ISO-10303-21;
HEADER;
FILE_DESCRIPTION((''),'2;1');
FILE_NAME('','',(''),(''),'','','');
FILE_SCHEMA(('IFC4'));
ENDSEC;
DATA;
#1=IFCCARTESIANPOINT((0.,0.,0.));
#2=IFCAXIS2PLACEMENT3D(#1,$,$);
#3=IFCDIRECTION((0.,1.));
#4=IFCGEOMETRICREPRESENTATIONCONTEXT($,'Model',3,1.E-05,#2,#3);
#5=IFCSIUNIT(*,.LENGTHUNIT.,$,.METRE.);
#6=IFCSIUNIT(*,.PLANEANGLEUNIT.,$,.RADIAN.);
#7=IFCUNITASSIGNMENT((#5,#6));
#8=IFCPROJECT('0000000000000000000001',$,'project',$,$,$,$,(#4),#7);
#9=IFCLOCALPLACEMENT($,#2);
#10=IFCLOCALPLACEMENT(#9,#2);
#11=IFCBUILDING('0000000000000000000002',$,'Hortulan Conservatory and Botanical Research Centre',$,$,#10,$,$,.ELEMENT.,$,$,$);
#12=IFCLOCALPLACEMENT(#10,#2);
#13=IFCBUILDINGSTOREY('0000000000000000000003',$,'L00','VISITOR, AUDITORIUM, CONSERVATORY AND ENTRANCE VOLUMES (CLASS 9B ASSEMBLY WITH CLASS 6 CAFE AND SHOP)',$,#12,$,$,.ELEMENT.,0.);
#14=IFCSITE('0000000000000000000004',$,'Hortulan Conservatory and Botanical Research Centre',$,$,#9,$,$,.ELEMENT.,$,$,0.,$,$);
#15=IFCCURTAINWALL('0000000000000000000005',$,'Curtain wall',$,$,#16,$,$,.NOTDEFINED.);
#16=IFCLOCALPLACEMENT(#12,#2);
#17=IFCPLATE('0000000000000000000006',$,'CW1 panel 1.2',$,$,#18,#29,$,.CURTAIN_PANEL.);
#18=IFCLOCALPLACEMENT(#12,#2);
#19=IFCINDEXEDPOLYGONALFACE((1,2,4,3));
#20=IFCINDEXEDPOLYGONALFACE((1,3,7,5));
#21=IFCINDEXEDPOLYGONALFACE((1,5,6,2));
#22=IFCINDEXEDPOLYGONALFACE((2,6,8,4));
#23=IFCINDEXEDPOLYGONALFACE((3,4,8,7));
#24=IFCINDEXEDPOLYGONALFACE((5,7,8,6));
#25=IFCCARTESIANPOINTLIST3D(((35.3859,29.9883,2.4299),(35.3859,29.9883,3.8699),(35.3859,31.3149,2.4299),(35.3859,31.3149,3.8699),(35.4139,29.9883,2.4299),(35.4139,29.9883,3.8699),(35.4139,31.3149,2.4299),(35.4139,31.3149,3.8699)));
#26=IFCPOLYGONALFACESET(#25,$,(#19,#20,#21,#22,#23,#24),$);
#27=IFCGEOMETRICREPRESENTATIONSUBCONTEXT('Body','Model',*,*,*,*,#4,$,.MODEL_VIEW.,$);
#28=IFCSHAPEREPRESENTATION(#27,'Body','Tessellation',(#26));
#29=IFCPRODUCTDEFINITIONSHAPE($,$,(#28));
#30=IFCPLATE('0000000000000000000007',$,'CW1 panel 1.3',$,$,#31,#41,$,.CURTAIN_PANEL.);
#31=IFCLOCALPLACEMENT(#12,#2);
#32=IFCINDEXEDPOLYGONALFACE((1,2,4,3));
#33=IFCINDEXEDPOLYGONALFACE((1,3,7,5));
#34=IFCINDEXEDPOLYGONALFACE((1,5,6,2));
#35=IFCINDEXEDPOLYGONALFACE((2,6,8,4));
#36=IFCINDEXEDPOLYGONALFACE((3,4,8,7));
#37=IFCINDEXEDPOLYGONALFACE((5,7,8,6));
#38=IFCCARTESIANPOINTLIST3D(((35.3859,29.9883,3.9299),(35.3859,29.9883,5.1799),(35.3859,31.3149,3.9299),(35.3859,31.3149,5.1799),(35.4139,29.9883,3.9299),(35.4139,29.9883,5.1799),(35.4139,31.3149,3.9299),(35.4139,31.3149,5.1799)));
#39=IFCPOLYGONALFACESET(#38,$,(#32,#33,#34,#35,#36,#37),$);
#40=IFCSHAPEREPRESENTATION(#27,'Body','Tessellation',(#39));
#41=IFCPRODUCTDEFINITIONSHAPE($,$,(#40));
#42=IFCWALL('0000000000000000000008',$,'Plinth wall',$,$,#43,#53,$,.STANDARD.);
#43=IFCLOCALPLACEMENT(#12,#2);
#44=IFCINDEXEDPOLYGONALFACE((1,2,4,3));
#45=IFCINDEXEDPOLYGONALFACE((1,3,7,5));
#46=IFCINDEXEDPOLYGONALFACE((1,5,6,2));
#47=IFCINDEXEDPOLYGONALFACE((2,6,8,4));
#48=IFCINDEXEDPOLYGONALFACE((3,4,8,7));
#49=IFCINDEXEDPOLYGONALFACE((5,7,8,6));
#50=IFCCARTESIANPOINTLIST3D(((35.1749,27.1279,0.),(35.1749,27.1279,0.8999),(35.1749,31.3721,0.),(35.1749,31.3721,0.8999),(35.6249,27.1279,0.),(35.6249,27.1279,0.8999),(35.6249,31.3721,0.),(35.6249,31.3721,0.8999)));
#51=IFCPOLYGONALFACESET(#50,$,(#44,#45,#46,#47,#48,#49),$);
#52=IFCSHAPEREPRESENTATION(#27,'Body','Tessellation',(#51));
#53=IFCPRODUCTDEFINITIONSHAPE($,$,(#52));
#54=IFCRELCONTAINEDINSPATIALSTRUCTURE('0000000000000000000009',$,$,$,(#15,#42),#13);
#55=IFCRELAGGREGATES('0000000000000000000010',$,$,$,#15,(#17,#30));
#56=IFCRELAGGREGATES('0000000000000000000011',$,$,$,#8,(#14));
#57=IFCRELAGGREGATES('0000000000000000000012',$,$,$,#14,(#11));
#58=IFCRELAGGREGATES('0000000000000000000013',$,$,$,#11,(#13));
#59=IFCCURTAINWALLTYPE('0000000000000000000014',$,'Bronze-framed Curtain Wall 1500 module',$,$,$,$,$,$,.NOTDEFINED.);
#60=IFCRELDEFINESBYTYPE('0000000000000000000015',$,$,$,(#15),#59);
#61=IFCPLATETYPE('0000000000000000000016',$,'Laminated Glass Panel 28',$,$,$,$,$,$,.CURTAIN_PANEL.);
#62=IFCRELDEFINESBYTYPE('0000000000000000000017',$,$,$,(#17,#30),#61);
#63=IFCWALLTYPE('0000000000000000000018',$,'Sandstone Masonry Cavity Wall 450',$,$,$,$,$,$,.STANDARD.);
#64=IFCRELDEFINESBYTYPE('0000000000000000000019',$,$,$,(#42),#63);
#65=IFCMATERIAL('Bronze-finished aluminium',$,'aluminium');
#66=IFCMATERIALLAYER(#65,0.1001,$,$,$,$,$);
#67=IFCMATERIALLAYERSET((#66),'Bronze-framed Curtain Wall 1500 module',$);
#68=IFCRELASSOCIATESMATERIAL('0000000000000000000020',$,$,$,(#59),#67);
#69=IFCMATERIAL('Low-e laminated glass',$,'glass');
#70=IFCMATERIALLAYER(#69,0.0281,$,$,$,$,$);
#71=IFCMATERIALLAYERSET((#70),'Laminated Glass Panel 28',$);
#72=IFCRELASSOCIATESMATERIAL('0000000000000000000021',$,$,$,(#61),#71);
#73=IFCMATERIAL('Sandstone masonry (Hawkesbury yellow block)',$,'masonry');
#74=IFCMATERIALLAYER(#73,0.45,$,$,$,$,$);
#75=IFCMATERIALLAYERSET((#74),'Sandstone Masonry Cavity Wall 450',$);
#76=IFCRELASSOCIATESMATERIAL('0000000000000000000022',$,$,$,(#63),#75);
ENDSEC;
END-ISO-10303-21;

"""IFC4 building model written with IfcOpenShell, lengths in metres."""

from ifc_helpers import new_model, si_unit, direction, frame, frame_2d, origin, origin_2d, place, context, subcontext, project, spatial, rectangle, extrude, material, layer, layer_set, type_object, element, aggregate, save


model = new_model("IFC4")

# Units and contexts
model_context = context("Model", 3, precision=1e-05, world=origin(), true_north=direction((0.0, 1.0)))
body_context = subcontext(model_context, "Body", "Model", "MODEL_VIEW")
ifc_project = project(units=[si_unit("LENGTHUNIT", "METRE"), si_unit("PLANEANGLEUNIT", "RADIAN")], contexts=[model_context])

# Site, building, storey
site_placement = place(None, origin())
site = spatial("IfcSite", under=ifc_project, at=site_placement, Name="Hortulan Conservatory and Botanical Research Centre", CompositionType="ELEMENT", RefElevation=0.0)
building_placement = place(site_placement, origin())
building = spatial("IfcBuilding", under=site, at=building_placement, Name="Hortulan Conservatory and Botanical Research Centre", CompositionType="ELEMENT")
storey_placement = place(building_placement, origin())
storey = spatial("IfcBuildingStorey", under=building, at=storey_placement, Name="L00", Description="VISITOR, AUDITORIUM, CONSERVATORY AND ENTRANCE VOLUMES (CLASS 9B ASSEMBLY WITH CLASS 6 CAFE AND SHOP)", CompositionType="ELEMENT", Elevation=0.0)

# Curtain wall
ifc_material_1 = material(Name="Bronze-finished aluminium", Category="aluminium")
ifc_layer_1 = layer(ifc_material_1, 0.1001)
ifc_layer_set_1 = layer_set([ifc_layer_1], Name="Bronze-framed Curtain Wall 1500 module")
curtain_wall_type = type_object("IfcCurtainWallType", Name="Bronze-framed Curtain Wall 1500 module", PredefinedType="NOTDEFINED", material=ifc_layer_set_1)
curtain_wall_1_placement = place(storey_placement, origin())
curtain_wall_1 = element("IfcCurtainWall", 1, at=curtain_wall_1_placement, inside=storey, type_object=curtain_wall_type, Name="Curtain wall", PredefinedType="NOTDEFINED")

# Plates
ifc_material_2 = material(Name="Low-e laminated glass", Category="glass")
ifc_layer_2 = layer(ifc_material_2, 0.0281)
ifc_layer_set_2 = layer_set([ifc_layer_2], Name="Laminated Glass Panel 28")
plate_type = type_object("IfcPlateType", Name="Laminated Glass Panel 28", PredefinedType="CURTAIN_PANEL", material=ifc_layer_set_2)
plate_1_placement = place(storey_placement, frame((35.3999, 30.6516, 2.4299), z_axis=(0.0, 0.0, 1.0), x_axis=(0.0, -1.0, 0.0)))
plate_1 = element("IfcPlate", 2, at=plate_1_placement, type_object=plate_type, Name="CW1 panel 1.2", PredefinedType="CURTAIN_PANEL", context=body_context, shape_type="SweptSolid", body=[
    extrude(rectangle(XDim=1.3267, YDim=0.0281, at=origin_2d()), origin(), (0.0, 0.0, 1.0), 1.4399),
])
plate_2_placement = place(storey_placement, frame((35.3999, 30.6516, 3.9299), z_axis=(0.0, 0.0, 1.0), x_axis=(0.0, -1.0, 0.0)))
plate_2 = element("IfcPlate", 3, at=plate_2_placement, type_object=plate_type, Name="CW1 panel 1.3", PredefinedType="CURTAIN_PANEL", context=body_context, shape_type="SweptSolid", body=[
    extrude(rectangle(XDim=1.3267, YDim=0.0281, at=origin_2d()), origin(), (0.0, 0.0, 1.0), 1.25),
])
aggregate(curtain_wall_1, [plate_1, plate_2])

# Wall
ifc_material_3 = material(Name="Sandstone masonry (Hawkesbury yellow block)", Category="masonry")
ifc_layer_3 = layer(ifc_material_3, 0.45)
ifc_layer_set_3 = layer_set([ifc_layer_3], Name="Sandstone Masonry Cavity Wall 450")
wall_type = type_object("IfcWallType", Name="Sandstone Masonry Cavity Wall 450", PredefinedType="STANDARD", material=ifc_layer_set_3)
wall_placement = place(storey_placement, frame((35.3999, 31.3721, 0.0), z_axis=(0.0, 0.0, 1.0), x_axis=(0.0, -1.0, 0.0)))
element("IfcWall", 4, at=wall_placement, inside=storey, type_object=wall_type, Name="Plinth wall", PredefinedType="STANDARD", context=body_context, shape_type="SweptSolid", body=[
    extrude(rectangle(XDim=4.2441, YDim=0.45, at=frame_2d((2.1221, 0.0))), origin(), (0.0, 0.0, 1.0), 0.8999),
])

save(model, "model.ifc")
